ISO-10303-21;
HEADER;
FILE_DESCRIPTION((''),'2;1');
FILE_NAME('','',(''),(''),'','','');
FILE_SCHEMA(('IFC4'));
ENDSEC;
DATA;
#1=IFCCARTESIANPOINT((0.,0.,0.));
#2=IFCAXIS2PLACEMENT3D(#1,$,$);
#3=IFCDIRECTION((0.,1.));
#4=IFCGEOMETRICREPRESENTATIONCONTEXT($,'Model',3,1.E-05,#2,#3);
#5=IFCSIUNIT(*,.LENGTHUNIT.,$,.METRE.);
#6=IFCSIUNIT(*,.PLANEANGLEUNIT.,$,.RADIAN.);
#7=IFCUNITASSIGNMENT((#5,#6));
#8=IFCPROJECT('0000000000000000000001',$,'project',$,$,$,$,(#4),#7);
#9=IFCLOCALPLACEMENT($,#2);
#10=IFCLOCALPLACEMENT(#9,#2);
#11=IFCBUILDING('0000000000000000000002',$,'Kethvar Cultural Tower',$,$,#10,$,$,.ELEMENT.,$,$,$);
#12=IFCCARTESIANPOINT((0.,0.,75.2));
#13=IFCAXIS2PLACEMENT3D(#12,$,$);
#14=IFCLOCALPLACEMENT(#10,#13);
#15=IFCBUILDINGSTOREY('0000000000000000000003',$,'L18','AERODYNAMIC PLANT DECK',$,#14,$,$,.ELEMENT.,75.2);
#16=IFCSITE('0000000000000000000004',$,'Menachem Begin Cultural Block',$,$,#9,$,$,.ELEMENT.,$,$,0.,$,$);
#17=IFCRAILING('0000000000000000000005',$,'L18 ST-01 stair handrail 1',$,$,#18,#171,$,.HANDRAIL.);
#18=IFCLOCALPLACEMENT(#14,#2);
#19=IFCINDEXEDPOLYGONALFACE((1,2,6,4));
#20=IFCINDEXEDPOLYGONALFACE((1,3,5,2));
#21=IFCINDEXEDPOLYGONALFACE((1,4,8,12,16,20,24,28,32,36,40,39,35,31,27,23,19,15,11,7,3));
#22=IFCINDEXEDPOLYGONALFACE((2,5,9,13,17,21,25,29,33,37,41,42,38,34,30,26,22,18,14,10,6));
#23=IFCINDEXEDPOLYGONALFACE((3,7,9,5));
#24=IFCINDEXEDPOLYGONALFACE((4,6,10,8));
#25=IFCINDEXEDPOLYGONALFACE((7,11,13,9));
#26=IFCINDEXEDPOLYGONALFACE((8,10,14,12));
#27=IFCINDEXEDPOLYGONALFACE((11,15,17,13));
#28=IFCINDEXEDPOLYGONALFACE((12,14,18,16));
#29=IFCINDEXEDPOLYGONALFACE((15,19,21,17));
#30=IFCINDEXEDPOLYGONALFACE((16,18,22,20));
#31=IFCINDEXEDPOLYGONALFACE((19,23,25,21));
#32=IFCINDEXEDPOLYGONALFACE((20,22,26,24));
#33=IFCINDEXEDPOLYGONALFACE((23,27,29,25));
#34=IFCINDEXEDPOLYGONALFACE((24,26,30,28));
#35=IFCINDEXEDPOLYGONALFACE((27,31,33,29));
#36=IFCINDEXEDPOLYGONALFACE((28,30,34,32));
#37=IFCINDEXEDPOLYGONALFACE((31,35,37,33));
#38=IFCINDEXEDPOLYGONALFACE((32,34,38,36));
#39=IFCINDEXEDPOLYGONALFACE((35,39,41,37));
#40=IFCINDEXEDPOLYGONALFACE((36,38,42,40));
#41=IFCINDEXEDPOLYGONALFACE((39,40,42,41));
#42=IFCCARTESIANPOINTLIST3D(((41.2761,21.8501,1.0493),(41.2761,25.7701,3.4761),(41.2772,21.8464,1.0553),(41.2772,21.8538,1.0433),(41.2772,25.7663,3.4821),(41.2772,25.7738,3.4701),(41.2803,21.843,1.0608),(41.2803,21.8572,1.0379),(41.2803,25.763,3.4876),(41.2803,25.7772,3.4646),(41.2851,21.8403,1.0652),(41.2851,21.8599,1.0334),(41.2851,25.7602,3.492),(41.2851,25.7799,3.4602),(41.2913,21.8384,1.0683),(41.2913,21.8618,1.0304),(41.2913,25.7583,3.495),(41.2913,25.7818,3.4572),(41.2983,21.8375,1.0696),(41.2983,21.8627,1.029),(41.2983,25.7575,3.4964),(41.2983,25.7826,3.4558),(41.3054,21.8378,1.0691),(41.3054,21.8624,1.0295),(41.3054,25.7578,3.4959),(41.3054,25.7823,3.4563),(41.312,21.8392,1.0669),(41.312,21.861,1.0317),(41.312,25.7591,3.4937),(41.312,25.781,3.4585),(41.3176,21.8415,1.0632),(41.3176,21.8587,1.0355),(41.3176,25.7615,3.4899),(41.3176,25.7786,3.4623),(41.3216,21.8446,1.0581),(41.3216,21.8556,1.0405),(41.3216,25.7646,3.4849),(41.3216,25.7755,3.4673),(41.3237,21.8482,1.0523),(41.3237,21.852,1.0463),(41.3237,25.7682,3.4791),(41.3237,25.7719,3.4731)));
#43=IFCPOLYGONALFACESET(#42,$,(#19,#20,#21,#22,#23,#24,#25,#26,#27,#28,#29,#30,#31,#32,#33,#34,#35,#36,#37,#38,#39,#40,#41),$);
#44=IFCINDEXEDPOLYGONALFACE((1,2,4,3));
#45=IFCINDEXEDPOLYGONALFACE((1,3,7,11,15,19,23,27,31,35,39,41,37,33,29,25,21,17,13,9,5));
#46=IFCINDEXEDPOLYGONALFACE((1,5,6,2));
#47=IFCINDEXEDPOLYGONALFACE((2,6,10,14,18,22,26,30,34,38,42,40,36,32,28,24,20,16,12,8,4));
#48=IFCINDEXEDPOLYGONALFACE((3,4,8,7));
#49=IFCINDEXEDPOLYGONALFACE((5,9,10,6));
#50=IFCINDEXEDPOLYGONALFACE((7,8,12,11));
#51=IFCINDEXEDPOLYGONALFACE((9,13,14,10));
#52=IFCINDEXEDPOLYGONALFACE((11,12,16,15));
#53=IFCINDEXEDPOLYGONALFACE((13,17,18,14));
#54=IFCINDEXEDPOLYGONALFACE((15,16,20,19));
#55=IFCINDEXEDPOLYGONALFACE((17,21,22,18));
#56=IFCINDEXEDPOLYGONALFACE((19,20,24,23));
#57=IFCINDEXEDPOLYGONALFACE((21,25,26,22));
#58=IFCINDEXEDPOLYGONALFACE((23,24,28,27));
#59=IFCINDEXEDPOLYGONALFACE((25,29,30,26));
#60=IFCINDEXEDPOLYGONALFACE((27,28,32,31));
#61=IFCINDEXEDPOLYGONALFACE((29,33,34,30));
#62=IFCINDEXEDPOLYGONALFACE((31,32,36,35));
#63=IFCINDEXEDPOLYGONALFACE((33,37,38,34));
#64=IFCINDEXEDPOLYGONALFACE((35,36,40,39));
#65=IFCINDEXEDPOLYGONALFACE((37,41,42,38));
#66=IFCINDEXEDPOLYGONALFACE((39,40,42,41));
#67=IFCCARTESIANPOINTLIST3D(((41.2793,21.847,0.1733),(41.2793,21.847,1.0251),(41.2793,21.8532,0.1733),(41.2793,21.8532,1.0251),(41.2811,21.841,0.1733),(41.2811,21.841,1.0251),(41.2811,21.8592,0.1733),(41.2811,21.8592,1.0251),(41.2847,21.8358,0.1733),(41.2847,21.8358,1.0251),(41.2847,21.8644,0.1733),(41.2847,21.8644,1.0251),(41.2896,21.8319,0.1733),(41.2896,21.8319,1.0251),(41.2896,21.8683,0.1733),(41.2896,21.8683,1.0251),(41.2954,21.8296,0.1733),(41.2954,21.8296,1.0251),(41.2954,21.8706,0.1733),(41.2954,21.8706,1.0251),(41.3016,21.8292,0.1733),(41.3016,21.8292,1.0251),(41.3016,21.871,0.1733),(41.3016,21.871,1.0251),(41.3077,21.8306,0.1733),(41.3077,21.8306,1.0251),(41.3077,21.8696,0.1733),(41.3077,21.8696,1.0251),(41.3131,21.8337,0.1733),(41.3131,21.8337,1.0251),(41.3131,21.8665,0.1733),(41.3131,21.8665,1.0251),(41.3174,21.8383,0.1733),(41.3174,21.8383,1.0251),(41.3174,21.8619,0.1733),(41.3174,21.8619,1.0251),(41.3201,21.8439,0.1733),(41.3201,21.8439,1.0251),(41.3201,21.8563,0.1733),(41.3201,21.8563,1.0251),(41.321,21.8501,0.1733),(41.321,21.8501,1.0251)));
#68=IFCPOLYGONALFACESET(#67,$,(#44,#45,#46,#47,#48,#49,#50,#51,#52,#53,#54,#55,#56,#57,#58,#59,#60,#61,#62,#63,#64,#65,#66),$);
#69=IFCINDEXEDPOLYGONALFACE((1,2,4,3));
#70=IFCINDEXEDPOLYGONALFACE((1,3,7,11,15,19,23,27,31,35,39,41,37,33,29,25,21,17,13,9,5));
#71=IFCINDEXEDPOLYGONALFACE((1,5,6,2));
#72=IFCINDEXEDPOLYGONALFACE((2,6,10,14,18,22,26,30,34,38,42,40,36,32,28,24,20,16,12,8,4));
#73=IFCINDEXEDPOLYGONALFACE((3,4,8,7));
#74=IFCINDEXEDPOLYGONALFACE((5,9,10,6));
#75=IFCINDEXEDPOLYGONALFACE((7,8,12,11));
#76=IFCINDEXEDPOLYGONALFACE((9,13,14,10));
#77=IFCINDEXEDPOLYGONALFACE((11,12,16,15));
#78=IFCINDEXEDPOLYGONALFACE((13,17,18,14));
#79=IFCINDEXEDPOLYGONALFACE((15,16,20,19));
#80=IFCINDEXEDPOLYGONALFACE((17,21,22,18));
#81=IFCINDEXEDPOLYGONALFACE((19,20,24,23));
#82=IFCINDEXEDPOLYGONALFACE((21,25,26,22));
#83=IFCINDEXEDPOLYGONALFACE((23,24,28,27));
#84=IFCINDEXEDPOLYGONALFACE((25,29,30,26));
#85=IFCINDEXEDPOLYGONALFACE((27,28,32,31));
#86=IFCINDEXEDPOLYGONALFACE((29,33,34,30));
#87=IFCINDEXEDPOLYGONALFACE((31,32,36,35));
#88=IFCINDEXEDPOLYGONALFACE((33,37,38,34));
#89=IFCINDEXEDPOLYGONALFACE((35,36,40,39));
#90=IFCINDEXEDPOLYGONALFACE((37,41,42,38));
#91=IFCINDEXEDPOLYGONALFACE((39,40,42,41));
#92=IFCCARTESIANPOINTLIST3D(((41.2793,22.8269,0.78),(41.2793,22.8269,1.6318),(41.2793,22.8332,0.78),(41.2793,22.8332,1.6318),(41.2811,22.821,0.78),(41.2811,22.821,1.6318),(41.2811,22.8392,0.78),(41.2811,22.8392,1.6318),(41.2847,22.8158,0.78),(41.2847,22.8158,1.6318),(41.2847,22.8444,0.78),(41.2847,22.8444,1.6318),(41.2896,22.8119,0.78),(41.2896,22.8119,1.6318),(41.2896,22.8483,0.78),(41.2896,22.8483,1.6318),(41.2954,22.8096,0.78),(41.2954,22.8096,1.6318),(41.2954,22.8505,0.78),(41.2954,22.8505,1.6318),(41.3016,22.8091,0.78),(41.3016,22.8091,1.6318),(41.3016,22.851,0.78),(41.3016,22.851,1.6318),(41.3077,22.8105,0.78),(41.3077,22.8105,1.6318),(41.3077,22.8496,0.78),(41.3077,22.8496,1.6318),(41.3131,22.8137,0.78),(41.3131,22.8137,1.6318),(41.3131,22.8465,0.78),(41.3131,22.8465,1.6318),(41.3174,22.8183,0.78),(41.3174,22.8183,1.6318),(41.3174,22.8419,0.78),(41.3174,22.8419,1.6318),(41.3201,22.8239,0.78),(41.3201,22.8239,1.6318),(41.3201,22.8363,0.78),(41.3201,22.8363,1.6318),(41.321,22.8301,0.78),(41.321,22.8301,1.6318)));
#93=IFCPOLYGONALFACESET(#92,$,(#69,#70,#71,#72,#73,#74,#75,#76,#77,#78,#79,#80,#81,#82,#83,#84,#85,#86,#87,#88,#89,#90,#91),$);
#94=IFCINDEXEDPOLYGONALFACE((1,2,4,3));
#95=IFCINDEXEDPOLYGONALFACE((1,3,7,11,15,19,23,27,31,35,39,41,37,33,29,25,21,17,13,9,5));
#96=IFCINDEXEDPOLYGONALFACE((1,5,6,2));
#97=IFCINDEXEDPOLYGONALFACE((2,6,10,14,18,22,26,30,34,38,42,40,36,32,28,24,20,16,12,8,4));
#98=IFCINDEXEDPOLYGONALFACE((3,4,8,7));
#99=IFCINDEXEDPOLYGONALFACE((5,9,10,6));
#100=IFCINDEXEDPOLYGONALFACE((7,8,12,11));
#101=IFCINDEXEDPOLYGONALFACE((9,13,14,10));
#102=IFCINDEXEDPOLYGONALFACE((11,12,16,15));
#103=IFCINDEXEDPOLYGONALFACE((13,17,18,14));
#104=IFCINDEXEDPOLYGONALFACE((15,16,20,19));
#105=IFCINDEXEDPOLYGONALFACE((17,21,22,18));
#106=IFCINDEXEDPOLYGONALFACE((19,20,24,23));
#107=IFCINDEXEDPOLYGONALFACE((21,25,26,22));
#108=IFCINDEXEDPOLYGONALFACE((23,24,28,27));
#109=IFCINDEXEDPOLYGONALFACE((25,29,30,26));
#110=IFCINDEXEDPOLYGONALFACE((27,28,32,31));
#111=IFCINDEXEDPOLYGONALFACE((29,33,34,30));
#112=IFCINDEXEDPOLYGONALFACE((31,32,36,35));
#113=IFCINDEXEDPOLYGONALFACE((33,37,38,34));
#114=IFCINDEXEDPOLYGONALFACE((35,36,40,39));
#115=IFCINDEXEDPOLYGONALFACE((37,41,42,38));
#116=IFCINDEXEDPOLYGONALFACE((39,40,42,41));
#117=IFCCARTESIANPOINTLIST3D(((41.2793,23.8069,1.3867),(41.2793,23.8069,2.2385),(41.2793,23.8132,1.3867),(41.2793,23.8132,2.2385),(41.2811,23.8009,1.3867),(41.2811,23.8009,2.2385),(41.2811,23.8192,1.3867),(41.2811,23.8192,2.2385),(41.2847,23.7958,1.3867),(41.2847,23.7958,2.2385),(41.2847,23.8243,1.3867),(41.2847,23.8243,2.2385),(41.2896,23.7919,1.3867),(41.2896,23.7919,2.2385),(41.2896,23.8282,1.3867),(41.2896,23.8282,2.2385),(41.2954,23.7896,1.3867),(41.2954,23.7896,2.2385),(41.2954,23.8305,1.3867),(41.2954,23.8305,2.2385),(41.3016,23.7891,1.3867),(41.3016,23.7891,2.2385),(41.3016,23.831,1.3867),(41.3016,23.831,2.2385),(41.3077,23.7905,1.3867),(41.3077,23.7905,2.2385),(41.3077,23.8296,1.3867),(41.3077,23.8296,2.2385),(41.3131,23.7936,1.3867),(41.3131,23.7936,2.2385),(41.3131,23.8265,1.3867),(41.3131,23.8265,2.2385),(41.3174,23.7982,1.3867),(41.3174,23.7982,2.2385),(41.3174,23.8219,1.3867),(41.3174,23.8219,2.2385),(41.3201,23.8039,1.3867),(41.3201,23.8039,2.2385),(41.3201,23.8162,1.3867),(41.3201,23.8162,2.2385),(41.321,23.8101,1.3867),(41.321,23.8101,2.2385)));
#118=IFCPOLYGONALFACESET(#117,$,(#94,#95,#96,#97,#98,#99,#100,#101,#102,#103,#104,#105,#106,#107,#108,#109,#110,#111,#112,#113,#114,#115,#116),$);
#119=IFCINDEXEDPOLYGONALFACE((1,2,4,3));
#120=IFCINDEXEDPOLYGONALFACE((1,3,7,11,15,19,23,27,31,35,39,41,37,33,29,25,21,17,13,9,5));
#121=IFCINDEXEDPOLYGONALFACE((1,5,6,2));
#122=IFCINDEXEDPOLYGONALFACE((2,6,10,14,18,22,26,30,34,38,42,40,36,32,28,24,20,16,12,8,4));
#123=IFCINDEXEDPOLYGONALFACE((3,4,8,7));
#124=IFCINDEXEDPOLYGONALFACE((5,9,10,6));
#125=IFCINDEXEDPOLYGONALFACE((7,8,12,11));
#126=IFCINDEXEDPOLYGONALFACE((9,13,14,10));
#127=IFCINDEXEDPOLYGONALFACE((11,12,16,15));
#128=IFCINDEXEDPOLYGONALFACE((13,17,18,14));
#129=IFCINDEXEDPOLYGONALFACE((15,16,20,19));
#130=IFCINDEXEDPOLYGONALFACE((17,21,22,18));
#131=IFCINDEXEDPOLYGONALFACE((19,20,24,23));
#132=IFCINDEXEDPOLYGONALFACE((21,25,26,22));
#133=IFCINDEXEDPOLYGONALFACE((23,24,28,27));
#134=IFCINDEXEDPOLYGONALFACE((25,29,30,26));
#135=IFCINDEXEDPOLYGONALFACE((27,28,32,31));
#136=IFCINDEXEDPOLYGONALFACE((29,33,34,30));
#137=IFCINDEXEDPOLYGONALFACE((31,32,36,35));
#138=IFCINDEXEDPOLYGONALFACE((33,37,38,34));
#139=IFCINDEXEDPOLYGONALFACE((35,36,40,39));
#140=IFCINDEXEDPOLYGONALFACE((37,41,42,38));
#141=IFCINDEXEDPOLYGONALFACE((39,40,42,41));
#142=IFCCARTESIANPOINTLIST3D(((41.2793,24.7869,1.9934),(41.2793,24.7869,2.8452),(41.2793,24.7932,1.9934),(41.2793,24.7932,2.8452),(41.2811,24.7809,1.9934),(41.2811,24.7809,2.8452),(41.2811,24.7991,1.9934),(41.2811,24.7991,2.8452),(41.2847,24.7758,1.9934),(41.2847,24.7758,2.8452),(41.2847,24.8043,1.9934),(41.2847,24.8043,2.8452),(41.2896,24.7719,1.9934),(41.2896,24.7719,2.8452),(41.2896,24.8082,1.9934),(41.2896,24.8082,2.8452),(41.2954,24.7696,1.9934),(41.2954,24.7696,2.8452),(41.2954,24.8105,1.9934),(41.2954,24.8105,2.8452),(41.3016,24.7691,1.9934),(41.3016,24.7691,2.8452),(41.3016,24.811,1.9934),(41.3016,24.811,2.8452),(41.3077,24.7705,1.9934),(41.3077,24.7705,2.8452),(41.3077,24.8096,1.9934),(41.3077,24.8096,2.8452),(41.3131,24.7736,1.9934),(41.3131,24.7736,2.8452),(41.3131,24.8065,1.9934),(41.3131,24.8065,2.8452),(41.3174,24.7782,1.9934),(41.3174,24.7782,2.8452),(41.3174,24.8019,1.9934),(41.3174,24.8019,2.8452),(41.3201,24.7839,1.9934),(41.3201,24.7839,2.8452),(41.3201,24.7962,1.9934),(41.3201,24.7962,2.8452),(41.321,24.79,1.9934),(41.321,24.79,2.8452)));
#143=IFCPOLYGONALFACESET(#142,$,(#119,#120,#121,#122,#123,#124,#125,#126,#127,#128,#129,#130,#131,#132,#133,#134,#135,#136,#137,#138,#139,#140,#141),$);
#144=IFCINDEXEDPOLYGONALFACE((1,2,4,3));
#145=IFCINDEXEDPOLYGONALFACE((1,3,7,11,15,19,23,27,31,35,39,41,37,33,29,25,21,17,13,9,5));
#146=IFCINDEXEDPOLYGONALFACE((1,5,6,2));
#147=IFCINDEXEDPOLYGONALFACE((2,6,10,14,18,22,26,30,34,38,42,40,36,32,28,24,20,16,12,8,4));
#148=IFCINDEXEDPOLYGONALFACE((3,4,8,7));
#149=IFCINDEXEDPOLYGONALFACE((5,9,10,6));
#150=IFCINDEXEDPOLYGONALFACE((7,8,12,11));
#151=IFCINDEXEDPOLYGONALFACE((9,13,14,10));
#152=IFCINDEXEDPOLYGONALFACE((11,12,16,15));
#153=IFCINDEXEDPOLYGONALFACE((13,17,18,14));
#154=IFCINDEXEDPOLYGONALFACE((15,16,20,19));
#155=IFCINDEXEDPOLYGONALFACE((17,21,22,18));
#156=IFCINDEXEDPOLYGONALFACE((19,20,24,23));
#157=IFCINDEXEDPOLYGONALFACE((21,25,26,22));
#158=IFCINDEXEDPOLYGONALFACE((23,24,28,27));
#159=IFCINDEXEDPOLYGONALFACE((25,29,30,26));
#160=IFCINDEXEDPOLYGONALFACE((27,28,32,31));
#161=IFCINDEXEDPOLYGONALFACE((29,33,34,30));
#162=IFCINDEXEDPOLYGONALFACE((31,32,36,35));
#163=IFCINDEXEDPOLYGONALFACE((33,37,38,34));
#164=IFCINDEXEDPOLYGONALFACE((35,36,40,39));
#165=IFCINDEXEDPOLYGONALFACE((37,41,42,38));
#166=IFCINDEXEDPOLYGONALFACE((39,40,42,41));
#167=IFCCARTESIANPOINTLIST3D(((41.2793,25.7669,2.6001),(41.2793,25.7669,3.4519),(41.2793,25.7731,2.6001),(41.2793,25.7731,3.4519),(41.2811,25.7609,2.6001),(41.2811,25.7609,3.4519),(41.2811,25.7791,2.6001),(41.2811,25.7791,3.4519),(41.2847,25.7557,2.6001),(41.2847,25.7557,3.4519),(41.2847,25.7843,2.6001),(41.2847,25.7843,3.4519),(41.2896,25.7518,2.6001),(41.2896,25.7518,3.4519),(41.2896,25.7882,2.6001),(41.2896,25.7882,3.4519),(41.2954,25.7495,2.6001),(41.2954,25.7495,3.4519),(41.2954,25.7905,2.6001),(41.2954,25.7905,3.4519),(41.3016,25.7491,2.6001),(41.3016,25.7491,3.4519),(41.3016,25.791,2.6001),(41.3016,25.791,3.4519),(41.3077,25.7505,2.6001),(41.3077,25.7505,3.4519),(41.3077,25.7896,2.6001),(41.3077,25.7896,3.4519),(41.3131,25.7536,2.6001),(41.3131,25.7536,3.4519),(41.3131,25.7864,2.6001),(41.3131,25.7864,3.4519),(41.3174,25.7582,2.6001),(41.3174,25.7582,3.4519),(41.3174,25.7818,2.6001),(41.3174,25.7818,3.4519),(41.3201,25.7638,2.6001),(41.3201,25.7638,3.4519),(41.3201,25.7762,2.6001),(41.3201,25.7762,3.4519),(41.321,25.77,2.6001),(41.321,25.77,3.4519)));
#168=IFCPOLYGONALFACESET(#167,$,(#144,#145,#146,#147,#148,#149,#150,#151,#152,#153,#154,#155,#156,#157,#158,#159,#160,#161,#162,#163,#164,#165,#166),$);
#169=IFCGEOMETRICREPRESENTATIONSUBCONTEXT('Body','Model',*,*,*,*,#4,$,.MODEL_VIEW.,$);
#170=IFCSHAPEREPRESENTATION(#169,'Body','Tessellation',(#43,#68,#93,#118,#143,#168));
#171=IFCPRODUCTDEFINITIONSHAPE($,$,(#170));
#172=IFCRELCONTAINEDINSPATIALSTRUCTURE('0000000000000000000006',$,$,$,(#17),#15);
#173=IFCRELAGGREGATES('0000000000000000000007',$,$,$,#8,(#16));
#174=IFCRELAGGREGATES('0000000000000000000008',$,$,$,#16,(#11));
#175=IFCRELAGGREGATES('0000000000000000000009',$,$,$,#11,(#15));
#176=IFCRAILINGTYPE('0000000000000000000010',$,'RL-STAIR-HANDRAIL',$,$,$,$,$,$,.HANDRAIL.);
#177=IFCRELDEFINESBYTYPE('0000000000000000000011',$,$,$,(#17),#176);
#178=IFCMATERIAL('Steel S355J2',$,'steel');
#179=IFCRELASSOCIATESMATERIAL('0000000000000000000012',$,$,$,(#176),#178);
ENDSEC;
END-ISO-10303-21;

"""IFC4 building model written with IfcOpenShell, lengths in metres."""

from ifc_helpers import new_model, si_unit, direction, frame, origin, origin_2d, place, context, subcontext, project, spatial, circle, extrude, material, type_object, element, save


model = new_model("IFC4")

# Units and contexts
model_context = context("Model", 3, precision=1e-05, world=origin(), true_north=direction((0.0, 1.0)))
body_context = subcontext(model_context, "Body", "Model", "MODEL_VIEW")
ifc_project = project(units=[si_unit("LENGTHUNIT", "METRE"), si_unit("PLANEANGLEUNIT", "RADIAN")], contexts=[model_context])

# Site, building, storey
site_placement = place(None, origin())
site = spatial("IfcSite", under=ifc_project, at=site_placement, Name="Menachem Begin Cultural Block", CompositionType="ELEMENT", RefElevation=0.0)
building_placement = place(site_placement, origin())
building = spatial("IfcBuilding", under=site, at=building_placement, Name="Kethvar Cultural Tower", CompositionType="ELEMENT")
storey_placement = place(building_placement, frame((0.0, 0.0, 75.2)))
storey = spatial("IfcBuildingStorey", under=building, at=storey_placement, Name="L18", Description="AERODYNAMIC PLANT DECK", CompositionType="ELEMENT", Elevation=75.2)

# Shared definitions
ifc_material_1 = material(Name="Steel S355J2", Category="steel")

# Railing
railing_type_1 = type_object("IfcRailingType", Name="RL-STAIR-HANDRAIL", PredefinedType="HANDRAIL", material=ifc_material_1)
railing_1_placement = place(storey_placement, frame((41.3, 21.8501, 0.1733)))
element("IfcRailing", 1, at=railing_1_placement, inside=storey, type_object=railing_type_1, Name="L18 ST-01 stair handrail 1", PredefinedType="HANDRAIL", context=body_context, shape_type="SweptSolid", body=[
    extrude(circle(Radius=0.0239, at=origin_2d()), frame((0.0, 0.0, 0.876), z_axis=(0.0, 0.850252, 0.526376), x_axis=(-1.0, 0.0, 0.0)), (0.0, 0.0, 1.0), 4.6104),
    extrude(circle(Radius=0.021, at=origin_2d()), origin(), (0.0, 0.0, 1.0), 0.8518),
    extrude(circle(Radius=0.021, at=origin_2d()), frame((0.0, 0.98, 0.6067)), (0.0, 0.0, 1.0), 0.8518),
    extrude(circle(Radius=0.021, at=origin_2d()), frame((0.0, 1.96, 1.2134)), (0.0, 0.0, 1.0), 0.8518),
    extrude(circle(Radius=0.021, at=origin_2d()), frame((0.0, 2.9399, 1.8201)), (0.0, 0.0, 1.0), 0.8518),
    extrude(circle(Radius=0.021, at=origin_2d()), frame((0.0, 3.9199, 2.4268)), (0.0, 0.0, 1.0), 0.8518),
])

save(model, "model.ifc")
